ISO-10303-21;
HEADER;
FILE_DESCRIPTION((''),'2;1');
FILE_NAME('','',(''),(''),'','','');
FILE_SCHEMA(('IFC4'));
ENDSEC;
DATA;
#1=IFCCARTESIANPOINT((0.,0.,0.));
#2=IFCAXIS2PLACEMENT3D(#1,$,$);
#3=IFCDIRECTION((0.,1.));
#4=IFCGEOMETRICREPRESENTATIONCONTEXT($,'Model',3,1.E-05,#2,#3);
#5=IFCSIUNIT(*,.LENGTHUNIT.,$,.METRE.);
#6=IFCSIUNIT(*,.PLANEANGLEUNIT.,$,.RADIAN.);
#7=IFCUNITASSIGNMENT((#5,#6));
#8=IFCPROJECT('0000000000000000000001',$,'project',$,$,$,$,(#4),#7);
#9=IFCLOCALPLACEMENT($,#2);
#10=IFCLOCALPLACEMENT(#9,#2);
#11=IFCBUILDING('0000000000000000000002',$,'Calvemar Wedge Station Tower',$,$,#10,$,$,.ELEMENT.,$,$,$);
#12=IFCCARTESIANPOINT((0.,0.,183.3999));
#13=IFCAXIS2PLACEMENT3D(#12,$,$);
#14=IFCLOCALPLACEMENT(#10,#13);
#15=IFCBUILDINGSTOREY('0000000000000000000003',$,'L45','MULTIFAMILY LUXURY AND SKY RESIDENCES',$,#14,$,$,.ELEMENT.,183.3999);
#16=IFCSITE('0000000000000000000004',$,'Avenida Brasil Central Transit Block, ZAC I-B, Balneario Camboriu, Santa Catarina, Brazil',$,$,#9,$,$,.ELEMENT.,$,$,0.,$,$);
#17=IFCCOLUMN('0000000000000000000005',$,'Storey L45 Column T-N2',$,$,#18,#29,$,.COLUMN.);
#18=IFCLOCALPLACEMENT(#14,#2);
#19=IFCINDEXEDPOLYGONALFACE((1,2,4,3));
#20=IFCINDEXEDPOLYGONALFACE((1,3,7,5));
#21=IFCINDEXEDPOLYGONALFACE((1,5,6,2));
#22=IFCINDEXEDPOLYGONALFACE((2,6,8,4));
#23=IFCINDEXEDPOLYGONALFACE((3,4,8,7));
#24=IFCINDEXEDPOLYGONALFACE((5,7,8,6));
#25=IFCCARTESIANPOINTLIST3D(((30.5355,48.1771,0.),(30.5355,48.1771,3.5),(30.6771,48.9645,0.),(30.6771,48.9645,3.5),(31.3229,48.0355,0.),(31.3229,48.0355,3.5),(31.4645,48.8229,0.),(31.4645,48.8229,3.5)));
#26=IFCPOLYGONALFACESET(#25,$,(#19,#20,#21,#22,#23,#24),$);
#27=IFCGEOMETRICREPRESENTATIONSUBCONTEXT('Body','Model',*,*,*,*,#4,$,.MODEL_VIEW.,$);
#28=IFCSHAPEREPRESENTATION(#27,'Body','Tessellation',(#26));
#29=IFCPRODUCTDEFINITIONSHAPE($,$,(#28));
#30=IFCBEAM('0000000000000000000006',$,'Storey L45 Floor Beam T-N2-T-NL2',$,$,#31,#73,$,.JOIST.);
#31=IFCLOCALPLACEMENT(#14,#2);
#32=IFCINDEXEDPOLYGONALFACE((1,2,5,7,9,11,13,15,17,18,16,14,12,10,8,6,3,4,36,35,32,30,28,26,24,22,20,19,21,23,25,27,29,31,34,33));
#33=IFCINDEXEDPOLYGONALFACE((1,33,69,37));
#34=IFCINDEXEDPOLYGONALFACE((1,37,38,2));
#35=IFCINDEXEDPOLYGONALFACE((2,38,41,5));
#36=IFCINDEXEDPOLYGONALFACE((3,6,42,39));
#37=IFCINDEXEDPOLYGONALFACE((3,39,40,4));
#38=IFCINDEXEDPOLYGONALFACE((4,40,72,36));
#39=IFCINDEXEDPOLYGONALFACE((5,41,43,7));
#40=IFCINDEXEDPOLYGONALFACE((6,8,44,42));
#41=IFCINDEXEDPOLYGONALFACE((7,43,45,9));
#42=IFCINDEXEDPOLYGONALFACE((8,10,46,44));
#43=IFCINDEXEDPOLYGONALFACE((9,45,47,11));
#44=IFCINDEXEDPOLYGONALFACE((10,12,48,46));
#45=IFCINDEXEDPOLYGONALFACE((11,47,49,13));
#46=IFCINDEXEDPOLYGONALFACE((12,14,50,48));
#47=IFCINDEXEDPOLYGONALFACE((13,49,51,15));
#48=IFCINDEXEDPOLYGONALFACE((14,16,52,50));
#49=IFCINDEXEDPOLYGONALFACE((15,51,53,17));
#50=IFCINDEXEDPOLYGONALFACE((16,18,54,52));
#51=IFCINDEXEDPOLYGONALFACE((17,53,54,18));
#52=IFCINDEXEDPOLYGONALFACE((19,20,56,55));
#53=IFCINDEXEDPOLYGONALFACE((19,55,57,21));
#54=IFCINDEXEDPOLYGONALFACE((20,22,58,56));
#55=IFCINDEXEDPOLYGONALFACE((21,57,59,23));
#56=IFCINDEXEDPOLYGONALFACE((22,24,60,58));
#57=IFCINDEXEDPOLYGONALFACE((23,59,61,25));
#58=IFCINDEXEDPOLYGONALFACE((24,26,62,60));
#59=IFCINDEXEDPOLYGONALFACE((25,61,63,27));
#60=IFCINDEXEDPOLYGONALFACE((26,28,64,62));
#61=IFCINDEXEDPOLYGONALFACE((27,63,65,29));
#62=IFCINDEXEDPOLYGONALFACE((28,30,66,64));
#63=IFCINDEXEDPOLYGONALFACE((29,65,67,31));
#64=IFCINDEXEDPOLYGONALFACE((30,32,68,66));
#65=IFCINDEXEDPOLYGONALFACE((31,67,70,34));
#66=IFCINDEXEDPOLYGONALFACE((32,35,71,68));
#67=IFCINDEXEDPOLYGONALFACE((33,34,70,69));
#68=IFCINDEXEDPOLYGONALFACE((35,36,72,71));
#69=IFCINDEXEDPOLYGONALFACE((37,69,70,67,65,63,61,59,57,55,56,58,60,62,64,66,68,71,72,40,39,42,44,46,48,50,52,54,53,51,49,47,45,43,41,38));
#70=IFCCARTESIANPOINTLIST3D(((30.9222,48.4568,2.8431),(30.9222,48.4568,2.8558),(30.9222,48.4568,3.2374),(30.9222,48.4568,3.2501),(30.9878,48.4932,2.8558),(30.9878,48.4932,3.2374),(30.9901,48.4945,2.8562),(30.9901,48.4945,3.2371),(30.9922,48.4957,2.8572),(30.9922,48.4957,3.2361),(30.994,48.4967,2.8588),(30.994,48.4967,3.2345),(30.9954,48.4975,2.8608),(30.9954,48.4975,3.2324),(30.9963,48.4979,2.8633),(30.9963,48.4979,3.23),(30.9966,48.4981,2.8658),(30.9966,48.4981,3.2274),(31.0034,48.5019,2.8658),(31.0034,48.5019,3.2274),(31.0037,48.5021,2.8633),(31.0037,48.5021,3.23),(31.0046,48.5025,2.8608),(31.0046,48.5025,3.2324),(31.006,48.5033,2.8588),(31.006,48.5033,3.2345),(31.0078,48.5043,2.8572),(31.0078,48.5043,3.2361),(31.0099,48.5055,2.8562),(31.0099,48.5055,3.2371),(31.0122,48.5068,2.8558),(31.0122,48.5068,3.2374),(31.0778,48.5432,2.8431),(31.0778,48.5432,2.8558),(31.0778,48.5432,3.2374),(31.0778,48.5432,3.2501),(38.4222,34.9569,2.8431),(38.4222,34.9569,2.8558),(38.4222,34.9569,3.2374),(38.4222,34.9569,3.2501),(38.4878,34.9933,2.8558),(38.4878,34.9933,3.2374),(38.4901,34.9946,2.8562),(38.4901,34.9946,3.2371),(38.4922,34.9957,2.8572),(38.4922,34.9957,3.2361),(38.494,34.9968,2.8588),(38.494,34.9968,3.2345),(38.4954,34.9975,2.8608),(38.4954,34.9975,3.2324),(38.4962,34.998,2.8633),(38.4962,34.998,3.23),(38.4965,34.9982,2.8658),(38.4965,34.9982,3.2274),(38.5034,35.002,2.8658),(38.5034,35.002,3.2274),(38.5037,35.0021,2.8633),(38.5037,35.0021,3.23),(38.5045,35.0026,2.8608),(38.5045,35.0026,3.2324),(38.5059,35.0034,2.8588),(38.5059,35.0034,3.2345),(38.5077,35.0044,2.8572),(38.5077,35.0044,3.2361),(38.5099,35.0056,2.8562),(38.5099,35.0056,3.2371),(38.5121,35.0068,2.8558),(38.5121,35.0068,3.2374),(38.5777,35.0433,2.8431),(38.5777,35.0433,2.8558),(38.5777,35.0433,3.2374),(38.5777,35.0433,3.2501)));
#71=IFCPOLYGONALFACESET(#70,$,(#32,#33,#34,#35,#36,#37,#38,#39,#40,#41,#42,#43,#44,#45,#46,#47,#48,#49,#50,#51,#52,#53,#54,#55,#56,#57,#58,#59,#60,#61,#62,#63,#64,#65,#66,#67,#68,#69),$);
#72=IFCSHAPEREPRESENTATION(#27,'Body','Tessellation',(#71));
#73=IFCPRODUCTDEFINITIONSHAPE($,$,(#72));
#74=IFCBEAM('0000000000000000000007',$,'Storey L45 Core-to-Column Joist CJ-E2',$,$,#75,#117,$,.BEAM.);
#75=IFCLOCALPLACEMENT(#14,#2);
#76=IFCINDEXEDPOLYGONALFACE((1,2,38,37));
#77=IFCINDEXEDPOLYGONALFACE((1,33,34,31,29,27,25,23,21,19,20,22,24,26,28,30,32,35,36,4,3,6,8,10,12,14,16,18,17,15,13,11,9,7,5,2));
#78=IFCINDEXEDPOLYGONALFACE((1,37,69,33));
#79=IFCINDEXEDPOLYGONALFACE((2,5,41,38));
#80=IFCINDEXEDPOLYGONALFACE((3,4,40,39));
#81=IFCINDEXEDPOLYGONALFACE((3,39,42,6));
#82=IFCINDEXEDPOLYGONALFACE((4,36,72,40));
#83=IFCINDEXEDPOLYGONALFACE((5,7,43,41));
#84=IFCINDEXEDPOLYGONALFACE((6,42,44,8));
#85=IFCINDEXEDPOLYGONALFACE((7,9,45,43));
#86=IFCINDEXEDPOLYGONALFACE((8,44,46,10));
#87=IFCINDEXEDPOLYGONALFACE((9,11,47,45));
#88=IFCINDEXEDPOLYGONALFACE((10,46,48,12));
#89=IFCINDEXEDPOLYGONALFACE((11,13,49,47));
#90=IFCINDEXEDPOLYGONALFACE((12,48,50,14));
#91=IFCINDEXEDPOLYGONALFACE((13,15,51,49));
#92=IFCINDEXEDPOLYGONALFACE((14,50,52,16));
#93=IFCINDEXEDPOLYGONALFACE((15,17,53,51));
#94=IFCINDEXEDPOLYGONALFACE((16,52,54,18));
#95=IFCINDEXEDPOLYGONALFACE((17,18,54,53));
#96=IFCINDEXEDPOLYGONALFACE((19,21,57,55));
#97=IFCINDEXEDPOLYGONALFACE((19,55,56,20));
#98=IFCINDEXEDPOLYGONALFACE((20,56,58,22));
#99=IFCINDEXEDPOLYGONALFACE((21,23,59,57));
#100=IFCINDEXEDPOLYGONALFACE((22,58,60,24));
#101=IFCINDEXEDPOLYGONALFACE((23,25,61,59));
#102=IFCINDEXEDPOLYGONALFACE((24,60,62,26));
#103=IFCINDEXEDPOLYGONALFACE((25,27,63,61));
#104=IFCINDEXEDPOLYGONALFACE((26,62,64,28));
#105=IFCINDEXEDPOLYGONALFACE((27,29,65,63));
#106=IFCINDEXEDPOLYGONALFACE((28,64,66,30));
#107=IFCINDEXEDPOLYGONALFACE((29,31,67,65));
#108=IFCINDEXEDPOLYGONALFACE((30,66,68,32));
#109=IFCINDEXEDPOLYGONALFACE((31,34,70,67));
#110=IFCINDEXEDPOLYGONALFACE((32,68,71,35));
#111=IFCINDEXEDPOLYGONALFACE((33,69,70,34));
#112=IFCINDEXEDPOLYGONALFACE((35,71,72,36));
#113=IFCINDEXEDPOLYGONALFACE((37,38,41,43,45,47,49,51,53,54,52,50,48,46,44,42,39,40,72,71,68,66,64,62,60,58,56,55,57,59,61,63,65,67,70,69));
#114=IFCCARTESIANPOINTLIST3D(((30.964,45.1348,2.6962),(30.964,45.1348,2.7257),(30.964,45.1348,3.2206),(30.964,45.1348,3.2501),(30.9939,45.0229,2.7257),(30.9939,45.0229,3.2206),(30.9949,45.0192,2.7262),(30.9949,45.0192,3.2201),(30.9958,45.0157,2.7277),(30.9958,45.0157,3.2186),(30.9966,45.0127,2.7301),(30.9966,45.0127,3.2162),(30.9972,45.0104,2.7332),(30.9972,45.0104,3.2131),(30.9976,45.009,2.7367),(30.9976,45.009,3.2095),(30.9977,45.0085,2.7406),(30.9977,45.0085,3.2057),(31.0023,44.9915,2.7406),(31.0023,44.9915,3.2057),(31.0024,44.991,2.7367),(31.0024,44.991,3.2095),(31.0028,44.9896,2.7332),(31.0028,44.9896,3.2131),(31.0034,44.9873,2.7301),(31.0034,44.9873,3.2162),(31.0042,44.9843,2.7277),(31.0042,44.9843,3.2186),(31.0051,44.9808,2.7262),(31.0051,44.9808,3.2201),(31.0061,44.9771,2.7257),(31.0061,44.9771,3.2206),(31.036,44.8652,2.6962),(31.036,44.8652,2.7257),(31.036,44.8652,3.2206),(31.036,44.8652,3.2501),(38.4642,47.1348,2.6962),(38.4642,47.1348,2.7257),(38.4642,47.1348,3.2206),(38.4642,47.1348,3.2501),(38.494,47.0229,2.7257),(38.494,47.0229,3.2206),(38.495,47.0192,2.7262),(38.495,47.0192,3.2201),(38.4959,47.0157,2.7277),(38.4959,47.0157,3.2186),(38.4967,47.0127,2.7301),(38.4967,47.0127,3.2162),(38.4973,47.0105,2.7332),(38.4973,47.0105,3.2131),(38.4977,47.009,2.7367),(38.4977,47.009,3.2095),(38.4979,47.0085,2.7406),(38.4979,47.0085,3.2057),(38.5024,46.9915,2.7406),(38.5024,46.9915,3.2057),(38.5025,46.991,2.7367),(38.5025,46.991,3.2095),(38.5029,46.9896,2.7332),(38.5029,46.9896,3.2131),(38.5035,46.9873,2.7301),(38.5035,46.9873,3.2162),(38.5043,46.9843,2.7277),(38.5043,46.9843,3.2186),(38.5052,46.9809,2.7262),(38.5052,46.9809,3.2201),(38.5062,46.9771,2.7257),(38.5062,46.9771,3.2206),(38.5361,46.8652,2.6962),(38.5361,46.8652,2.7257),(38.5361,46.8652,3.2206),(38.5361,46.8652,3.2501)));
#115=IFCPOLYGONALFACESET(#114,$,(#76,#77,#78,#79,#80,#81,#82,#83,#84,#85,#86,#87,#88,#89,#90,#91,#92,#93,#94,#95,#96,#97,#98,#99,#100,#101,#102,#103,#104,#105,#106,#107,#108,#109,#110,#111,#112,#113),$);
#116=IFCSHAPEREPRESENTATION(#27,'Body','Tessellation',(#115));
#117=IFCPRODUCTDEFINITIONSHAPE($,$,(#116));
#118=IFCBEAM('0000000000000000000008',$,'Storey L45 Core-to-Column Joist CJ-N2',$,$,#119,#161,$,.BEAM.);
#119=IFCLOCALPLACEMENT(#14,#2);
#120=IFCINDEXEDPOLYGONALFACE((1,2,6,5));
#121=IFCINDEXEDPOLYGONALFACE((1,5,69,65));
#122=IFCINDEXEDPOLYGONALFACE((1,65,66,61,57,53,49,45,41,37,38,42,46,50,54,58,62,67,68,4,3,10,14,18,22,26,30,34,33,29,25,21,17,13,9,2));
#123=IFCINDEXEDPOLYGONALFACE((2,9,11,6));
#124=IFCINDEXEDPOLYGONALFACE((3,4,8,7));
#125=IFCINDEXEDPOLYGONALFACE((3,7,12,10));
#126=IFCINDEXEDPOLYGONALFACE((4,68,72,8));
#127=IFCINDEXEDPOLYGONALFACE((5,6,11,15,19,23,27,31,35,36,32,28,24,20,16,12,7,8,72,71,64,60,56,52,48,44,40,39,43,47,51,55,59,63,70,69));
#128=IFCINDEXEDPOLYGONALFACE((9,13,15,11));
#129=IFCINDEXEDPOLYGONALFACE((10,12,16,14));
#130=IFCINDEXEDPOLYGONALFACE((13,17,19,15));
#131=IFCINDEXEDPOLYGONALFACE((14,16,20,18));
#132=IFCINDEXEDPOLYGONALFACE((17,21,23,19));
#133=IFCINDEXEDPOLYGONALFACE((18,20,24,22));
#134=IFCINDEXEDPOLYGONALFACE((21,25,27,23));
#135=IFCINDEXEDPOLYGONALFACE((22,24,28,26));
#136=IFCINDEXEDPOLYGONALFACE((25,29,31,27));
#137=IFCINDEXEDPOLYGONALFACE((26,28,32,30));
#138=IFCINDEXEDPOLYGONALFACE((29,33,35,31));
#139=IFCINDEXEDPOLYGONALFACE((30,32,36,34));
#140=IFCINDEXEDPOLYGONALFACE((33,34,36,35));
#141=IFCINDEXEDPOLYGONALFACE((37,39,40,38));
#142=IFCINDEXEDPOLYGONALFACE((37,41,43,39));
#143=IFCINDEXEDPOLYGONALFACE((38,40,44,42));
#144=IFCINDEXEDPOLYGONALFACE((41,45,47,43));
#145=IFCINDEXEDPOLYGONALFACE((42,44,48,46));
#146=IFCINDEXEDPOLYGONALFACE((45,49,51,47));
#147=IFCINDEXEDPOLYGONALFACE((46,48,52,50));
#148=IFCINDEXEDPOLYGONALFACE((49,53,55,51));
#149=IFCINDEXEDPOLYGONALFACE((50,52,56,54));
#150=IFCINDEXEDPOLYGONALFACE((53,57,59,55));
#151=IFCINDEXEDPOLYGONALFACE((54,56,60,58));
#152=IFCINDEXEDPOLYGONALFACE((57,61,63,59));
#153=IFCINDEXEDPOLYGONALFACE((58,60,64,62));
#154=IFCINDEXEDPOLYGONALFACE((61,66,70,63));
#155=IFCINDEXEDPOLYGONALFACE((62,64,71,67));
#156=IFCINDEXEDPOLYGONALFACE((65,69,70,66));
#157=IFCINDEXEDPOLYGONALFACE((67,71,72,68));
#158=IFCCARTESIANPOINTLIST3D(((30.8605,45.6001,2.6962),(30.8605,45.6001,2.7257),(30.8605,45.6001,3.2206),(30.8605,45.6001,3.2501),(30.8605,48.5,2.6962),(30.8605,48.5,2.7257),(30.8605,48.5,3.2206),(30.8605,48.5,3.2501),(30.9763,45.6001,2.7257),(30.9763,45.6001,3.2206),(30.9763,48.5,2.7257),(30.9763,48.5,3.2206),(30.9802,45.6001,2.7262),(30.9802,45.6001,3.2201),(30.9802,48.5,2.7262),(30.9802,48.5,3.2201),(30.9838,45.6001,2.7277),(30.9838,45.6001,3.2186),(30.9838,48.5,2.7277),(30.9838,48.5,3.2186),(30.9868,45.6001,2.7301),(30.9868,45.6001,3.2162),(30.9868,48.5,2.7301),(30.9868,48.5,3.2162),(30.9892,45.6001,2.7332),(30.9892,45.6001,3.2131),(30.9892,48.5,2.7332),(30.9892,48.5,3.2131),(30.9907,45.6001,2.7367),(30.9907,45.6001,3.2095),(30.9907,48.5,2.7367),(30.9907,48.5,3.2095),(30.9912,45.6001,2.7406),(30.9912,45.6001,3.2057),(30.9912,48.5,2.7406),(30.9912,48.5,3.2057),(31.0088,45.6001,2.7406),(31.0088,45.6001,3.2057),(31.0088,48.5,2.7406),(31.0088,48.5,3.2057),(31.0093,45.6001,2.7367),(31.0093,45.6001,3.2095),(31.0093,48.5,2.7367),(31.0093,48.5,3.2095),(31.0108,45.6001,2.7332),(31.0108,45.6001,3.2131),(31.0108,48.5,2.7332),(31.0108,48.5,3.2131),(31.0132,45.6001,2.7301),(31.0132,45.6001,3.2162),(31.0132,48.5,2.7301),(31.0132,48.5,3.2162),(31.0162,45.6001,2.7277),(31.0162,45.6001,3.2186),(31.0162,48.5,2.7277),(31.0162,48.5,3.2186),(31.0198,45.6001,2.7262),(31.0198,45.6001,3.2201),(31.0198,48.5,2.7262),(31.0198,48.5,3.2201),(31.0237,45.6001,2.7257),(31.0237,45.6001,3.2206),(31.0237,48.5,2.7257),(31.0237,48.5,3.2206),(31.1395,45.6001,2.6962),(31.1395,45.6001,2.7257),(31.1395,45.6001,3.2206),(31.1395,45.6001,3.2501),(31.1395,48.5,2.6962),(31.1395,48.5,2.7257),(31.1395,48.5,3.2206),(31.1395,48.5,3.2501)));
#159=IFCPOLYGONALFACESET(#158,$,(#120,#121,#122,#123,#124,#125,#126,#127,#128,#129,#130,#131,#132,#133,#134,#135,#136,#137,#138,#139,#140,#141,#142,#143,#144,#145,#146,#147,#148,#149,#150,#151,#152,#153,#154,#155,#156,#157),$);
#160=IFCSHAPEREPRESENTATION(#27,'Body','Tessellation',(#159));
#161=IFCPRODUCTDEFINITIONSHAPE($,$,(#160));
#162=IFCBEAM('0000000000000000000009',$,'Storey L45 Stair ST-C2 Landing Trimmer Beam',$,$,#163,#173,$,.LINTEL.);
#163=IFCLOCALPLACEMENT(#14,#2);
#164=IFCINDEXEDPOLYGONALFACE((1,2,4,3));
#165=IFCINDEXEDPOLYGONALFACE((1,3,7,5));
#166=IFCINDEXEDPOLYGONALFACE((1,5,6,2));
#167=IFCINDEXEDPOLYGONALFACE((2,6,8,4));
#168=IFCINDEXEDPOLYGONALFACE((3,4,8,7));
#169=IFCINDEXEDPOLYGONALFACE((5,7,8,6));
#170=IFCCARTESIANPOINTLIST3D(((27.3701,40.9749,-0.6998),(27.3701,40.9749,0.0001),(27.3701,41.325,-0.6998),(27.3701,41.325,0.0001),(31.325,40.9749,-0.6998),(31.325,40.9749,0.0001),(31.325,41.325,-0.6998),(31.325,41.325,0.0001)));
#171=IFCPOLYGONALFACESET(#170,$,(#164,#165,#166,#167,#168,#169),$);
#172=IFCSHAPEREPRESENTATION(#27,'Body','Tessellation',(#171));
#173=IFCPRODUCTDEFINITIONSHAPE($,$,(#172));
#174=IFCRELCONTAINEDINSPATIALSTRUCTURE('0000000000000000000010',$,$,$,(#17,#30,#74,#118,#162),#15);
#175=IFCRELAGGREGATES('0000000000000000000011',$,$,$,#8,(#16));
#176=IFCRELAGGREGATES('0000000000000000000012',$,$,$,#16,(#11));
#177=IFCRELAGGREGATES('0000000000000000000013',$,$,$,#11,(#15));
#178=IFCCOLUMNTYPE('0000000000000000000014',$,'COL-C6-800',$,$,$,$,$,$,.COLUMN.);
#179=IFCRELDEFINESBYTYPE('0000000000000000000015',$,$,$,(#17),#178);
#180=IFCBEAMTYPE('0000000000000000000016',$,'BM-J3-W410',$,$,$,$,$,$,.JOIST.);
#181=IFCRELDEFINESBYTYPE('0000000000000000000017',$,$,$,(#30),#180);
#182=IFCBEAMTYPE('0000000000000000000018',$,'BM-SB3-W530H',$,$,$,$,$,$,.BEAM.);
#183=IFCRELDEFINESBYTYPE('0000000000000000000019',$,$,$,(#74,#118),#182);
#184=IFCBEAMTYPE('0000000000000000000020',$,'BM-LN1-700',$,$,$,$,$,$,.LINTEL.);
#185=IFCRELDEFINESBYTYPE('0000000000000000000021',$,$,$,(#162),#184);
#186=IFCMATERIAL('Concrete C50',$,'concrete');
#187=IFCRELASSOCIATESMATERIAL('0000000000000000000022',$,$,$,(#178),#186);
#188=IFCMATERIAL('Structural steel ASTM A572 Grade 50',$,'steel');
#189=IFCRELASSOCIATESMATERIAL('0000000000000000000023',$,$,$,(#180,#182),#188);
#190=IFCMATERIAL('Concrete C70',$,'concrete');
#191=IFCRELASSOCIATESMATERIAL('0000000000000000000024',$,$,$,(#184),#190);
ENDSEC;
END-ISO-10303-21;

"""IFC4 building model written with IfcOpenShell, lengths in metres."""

from ifc_helpers import new_model, si_unit, direction, frame, origin, origin_2d, place, context, subcontext, project, spatial, rectangle, i_section, extrude, source, transform, mapped, material, material_profile, profile_set, type_object, element, save


model = new_model("IFC4")

# Units and contexts
model_context = context("Model", 3, precision=1e-05, world=origin(), true_north=direction((0.0, 1.0)))
body_context = subcontext(model_context, "Body", "Model", "MODEL_VIEW")
ifc_project = project(units=[si_unit("LENGTHUNIT", "METRE"), si_unit("PLANEANGLEUNIT", "RADIAN")], contexts=[model_context])

# Site, building, storey
site_placement = place(None, origin())
site = spatial("IfcSite", under=ifc_project, at=site_placement, Name="Avenida Brasil Central Transit Block, ZAC I-B, Balneario Camboriu, Santa Catarina, Brazil", CompositionType="ELEMENT", RefElevation=0.0)
building_placement = place(site_placement, origin())
building = spatial("IfcBuilding", under=site, at=building_placement, Name="Calvemar Wedge Station Tower", CompositionType="ELEMENT")
storey_placement = place(building_placement, frame((0.0, 0.0, 183.3999)))
storey = spatial("IfcBuildingStorey", under=building, at=storey_placement, Name="L45", Description="MULTIFAMILY LUXURY AND SKY RESIDENCES", CompositionType="ELEMENT", Elevation=183.3999)

# Column
ifc_material_1 = material(Name="Concrete C50", Category="concrete")
ifc_material_profile_1 = material_profile(ifc_material_1, rectangle(XDim=0.8, YDim=0.8, at=origin_2d()), Name="RC800x800")
ifc_profile_set_1 = profile_set([ifc_material_profile_1], Name="Concrete C50")
column_type = type_object("IfcColumnType", Name="COL-C6-800", PredefinedType="COLUMN", material=ifc_profile_set_1)
shared_shape_1 = source(origin(), body_context, "Body", "SweptSolid", [
    extrude(rectangle(XDim=0.8, YDim=0.8, at=origin_2d()), origin(), (0.0, 0.0, 1.0), 3.5),
])
column_placement = place(storey_placement, frame((31.0, 48.5, 0.0), z_axis=(0.0, 0.0, 1.0), x_axis=(0.984196, -0.177085, 0.0)))
element("IfcColumn", 1, at=column_placement, inside=storey, type_object=column_type, Name="Storey L45 Column T-N2", PredefinedType="COLUMN", context=body_context, shape_type="MappedRepresentation", body=[
    mapped(shared_shape_1, transform((0.0, 0.0, 0.0), scale=1.0)),
])

# Beams
ifc_material_2 = material(Name="Structural steel ASTM A572 Grade 50", Category="steel")
ifc_material_profile_2 = material_profile(ifc_material_2, i_section(OverallWidth=0.178, OverallDepth=0.407, WebThickness=0.0078, FlangeThickness=0.0127, FilletRadius=0.01, at=origin_2d()), Name="W410x60")
ifc_profile_set_2 = profile_set([ifc_material_profile_2], Name="Structural steel ASTM A572 Grade 50")
beam_type_1 = type_object("IfcBeamType", Name="BM-J3-W410", PredefinedType="JOIST", material=ifc_profile_set_2)
shared_shape_2 = source(origin(), body_context, "Body", "SweptSolid", [
    extrude(i_section(OverallWidth=0.178, OverallDepth=0.407, WebThickness=0.0078, FlangeThickness=0.0127, FilletRadius=0.01, at=origin_2d()), origin(), (0.0, 0.0, 1.0), 15.4434),
])
beam_1_placement = place(storey_placement, frame((31.0, 48.5, 3.0466), z_axis=(0.485643, -0.874157, 0.0), x_axis=(0.874157, 0.485643, 0.0)))
element("IfcBeam", 2, at=beam_1_placement, inside=storey, type_object=beam_type_1, Name="Storey L45 Floor Beam T-N2-T-NL2", PredefinedType="JOIST", context=body_context, shape_type="MappedRepresentation", body=[
    mapped(shared_shape_2, transform((0.0, 0.0, 0.0), scale=1.0)),
])
ifc_material_profile_3 = material_profile(ifc_material_2, i_section(OverallWidth=0.2791, OverallDepth=0.554, WebThickness=0.0176, FlangeThickness=0.0295, FilletRadius=0.0149, at=origin_2d()), Name="W530x196")
ifc_profile_set_3 = profile_set([ifc_material_profile_3], Name="Structural steel ASTM A572 Grade 50")
beam_type_2 = type_object("IfcBeamType", Name="BM-SB3-W530H", PredefinedType="BEAM", material=ifc_profile_set_3)
shared_shape_3 = source(origin(), body_context, "Body", "SweptSolid", [
    extrude(i_section(OverallWidth=0.2791, OverallDepth=0.554, WebThickness=0.0176, FlangeThickness=0.0295, FilletRadius=0.0149, at=origin_2d()), origin(), (0.0, 0.0, 1.0), 7.7622),
])
beam_2_placement = place(storey_placement, frame((31.0, 45.0, 2.9731), z_axis=(0.966235, 0.257663, 0.0), x_axis=(-0.257663, 0.966235, 0.0)))
element("IfcBeam", 3, at=beam_2_placement, inside=storey, type_object=beam_type_2, Name="Storey L45 Core-to-Column Joist CJ-E2", PredefinedType="BEAM", context=body_context, shape_type="MappedRepresentation", body=[
    mapped(shared_shape_3, transform((0.0, 0.0, 0.0), scale=1.0)),
])
shared_shape_4 = source(origin(), body_context, "Body", "SweptSolid", [
    extrude(i_section(OverallWidth=0.2791, OverallDepth=0.554, WebThickness=0.0176, FlangeThickness=0.0295, FilletRadius=0.0149, at=origin_2d()), origin(), (0.0, 0.0, 1.0), 2.8999),
])
beam_3_placement = place(storey_placement, frame((31.0, 45.6001, 2.9731), z_axis=(0.0, 1.0, 0.0), x_axis=(-1.0, 0.0, 0.0)))
element("IfcBeam", 4, at=beam_3_placement, inside=storey, type_object=beam_type_2, Name="Storey L45 Core-to-Column Joist CJ-N2", PredefinedType="BEAM", context=body_context, shape_type="MappedRepresentation", body=[
    mapped(shared_shape_4, transform((0.0, 0.0, 0.0), scale=1.0)),
])
ifc_material_3 = material(Name="Concrete C70", Category="concrete")
ifc_material_profile_4 = material_profile(ifc_material_3, rectangle(XDim=0.3501, YDim=0.7, at=origin_2d()), Name="RC350x700")
ifc_profile_set_4 = profile_set([ifc_material_profile_4], Name="Concrete C70")
beam_type_3 = type_object("IfcBeamType", Name="BM-LN1-700", PredefinedType="LINTEL", material=ifc_profile_set_4)
shared_shape_5 = source(origin(), body_context, "Body", "SweptSolid", [
    extrude(rectangle(XDim=0.3501, YDim=0.7, at=origin_2d()), origin(), (0.0, 0.0, 1.0), 3.9548),
])
beam_4_placement = place(storey_placement, frame((27.3701, 41.1499, -0.3499), z_axis=(1.0, 0.0, 0.0), x_axis=(0.0, 1.0, 0.0)))
element("IfcBeam", 5, at=beam_4_placement, inside=storey, type_object=beam_type_3, Name="Storey L45 Stair ST-C2 Landing Trimmer Beam", PredefinedType="LINTEL", context=body_context, shape_type="MappedRepresentation", body=[
    mapped(shared_shape_5, transform((0.0, 0.0, 0.0), scale=1.0)),
])

save(model, "model.ifc")
